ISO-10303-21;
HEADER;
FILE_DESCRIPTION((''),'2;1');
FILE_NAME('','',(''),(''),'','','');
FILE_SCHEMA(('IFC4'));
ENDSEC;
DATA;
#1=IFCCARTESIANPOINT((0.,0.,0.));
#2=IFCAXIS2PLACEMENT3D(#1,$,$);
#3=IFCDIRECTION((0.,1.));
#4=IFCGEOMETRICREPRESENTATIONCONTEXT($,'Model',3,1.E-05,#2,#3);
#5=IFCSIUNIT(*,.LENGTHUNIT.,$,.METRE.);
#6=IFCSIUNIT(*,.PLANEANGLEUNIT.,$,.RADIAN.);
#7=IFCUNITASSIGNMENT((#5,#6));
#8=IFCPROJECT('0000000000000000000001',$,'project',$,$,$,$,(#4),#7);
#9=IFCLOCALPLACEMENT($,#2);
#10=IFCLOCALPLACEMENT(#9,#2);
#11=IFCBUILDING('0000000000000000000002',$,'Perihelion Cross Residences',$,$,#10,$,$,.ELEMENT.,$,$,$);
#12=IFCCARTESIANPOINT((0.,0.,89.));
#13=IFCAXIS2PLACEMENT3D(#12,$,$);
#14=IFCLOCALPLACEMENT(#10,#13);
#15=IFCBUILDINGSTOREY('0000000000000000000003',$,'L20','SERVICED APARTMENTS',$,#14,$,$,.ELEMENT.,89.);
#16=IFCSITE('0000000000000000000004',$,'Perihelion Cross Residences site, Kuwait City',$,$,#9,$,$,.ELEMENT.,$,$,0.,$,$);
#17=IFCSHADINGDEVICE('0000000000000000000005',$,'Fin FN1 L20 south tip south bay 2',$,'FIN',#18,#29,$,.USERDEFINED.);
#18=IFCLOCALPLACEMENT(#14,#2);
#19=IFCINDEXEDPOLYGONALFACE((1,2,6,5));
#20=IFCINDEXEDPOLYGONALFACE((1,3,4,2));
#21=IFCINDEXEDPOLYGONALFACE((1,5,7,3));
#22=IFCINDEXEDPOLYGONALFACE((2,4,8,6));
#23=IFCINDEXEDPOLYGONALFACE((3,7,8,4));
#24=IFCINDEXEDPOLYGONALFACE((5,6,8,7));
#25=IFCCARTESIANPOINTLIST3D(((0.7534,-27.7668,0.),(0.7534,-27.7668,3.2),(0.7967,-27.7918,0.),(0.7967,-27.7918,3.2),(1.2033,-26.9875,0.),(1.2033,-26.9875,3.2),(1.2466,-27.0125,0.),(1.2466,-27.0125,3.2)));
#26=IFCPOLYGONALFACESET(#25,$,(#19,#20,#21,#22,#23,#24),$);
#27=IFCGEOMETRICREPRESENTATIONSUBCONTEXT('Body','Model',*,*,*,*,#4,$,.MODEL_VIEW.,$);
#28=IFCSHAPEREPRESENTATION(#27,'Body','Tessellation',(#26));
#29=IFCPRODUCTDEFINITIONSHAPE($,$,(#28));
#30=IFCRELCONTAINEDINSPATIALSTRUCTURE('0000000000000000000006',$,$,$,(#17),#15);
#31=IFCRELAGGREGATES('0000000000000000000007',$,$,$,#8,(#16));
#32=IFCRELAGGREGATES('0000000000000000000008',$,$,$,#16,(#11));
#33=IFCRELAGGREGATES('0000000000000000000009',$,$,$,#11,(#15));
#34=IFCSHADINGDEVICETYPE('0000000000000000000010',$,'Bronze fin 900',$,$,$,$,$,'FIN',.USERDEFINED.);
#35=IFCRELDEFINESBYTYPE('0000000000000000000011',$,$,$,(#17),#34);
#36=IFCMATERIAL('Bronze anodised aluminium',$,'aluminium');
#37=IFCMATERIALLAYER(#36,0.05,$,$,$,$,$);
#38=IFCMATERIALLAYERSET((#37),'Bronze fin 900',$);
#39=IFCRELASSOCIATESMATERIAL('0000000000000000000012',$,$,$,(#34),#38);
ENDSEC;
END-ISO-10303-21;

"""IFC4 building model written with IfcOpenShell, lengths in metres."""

from ifc_helpers import new_model, si_unit, direction, frame, origin, origin_2d, place, context, subcontext, project, spatial, rectangle, extrude, material, layer, layer_set, type_object, element, save


model = new_model("IFC4")

# Units and contexts
model_context = context("Model", 3, precision=1e-05, world=origin(), true_north=direction((0.0, 1.0)))
body_context = subcontext(model_context, "Body", "Model", "MODEL_VIEW")
ifc_project = project(units=[si_unit("LENGTHUNIT", "METRE"), si_unit("PLANEANGLEUNIT", "RADIAN")], contexts=[model_context])

# Site, building, storey
site_placement = place(None, origin())
site = spatial("IfcSite", under=ifc_project, at=site_placement, Name="Perihelion Cross Residences site, Kuwait City", CompositionType="ELEMENT", RefElevation=0.0)
building_placement = place(site_placement, origin())
building = spatial("IfcBuilding", under=site, at=building_placement, Name="Perihelion Cross Residences", CompositionType="ELEMENT")
storey_placement = place(building_placement, frame((0.0, 0.0, 89.0)))
storey = spatial("IfcBuildingStorey", under=building, at=storey_placement, Name="L20", Description="SERVICED APARTMENTS", CompositionType="ELEMENT", Elevation=89.0)

# Shading device
ifc_material_1 = material(Name="Bronze anodised aluminium", Category="aluminium")
ifc_layer_1 = layer(ifc_material_1, 0.05)
ifc_layer_set_1 = layer_set([ifc_layer_1], Name="Bronze fin 900")
shading_device_type = type_object("IfcShadingDeviceType", Name="Bronze fin 900", ElementType="FIN", PredefinedType="USERDEFINED", material=ifc_layer_set_1)
shading_device_placement = place(storey_placement, frame((1.0, -27.3896, 0.0), z_axis=(0.0, 0.0, 1.0), x_axis=(-0.5, -0.866025, 0.0)))
element("IfcShadingDevice", 1, at=shading_device_placement, inside=storey, type_object=shading_device_type, Name="Fin FN1 L20 south tip south bay 2", ObjectType="FIN", PredefinedType="USERDEFINED", context=body_context, shape_type="SweptSolid", body=[
    extrude(rectangle(XDim=0.8999, YDim=0.05, at=origin_2d()), origin(), (0.0, 0.0, 1.0), 3.2),
])

save(model, "model.ifc")
